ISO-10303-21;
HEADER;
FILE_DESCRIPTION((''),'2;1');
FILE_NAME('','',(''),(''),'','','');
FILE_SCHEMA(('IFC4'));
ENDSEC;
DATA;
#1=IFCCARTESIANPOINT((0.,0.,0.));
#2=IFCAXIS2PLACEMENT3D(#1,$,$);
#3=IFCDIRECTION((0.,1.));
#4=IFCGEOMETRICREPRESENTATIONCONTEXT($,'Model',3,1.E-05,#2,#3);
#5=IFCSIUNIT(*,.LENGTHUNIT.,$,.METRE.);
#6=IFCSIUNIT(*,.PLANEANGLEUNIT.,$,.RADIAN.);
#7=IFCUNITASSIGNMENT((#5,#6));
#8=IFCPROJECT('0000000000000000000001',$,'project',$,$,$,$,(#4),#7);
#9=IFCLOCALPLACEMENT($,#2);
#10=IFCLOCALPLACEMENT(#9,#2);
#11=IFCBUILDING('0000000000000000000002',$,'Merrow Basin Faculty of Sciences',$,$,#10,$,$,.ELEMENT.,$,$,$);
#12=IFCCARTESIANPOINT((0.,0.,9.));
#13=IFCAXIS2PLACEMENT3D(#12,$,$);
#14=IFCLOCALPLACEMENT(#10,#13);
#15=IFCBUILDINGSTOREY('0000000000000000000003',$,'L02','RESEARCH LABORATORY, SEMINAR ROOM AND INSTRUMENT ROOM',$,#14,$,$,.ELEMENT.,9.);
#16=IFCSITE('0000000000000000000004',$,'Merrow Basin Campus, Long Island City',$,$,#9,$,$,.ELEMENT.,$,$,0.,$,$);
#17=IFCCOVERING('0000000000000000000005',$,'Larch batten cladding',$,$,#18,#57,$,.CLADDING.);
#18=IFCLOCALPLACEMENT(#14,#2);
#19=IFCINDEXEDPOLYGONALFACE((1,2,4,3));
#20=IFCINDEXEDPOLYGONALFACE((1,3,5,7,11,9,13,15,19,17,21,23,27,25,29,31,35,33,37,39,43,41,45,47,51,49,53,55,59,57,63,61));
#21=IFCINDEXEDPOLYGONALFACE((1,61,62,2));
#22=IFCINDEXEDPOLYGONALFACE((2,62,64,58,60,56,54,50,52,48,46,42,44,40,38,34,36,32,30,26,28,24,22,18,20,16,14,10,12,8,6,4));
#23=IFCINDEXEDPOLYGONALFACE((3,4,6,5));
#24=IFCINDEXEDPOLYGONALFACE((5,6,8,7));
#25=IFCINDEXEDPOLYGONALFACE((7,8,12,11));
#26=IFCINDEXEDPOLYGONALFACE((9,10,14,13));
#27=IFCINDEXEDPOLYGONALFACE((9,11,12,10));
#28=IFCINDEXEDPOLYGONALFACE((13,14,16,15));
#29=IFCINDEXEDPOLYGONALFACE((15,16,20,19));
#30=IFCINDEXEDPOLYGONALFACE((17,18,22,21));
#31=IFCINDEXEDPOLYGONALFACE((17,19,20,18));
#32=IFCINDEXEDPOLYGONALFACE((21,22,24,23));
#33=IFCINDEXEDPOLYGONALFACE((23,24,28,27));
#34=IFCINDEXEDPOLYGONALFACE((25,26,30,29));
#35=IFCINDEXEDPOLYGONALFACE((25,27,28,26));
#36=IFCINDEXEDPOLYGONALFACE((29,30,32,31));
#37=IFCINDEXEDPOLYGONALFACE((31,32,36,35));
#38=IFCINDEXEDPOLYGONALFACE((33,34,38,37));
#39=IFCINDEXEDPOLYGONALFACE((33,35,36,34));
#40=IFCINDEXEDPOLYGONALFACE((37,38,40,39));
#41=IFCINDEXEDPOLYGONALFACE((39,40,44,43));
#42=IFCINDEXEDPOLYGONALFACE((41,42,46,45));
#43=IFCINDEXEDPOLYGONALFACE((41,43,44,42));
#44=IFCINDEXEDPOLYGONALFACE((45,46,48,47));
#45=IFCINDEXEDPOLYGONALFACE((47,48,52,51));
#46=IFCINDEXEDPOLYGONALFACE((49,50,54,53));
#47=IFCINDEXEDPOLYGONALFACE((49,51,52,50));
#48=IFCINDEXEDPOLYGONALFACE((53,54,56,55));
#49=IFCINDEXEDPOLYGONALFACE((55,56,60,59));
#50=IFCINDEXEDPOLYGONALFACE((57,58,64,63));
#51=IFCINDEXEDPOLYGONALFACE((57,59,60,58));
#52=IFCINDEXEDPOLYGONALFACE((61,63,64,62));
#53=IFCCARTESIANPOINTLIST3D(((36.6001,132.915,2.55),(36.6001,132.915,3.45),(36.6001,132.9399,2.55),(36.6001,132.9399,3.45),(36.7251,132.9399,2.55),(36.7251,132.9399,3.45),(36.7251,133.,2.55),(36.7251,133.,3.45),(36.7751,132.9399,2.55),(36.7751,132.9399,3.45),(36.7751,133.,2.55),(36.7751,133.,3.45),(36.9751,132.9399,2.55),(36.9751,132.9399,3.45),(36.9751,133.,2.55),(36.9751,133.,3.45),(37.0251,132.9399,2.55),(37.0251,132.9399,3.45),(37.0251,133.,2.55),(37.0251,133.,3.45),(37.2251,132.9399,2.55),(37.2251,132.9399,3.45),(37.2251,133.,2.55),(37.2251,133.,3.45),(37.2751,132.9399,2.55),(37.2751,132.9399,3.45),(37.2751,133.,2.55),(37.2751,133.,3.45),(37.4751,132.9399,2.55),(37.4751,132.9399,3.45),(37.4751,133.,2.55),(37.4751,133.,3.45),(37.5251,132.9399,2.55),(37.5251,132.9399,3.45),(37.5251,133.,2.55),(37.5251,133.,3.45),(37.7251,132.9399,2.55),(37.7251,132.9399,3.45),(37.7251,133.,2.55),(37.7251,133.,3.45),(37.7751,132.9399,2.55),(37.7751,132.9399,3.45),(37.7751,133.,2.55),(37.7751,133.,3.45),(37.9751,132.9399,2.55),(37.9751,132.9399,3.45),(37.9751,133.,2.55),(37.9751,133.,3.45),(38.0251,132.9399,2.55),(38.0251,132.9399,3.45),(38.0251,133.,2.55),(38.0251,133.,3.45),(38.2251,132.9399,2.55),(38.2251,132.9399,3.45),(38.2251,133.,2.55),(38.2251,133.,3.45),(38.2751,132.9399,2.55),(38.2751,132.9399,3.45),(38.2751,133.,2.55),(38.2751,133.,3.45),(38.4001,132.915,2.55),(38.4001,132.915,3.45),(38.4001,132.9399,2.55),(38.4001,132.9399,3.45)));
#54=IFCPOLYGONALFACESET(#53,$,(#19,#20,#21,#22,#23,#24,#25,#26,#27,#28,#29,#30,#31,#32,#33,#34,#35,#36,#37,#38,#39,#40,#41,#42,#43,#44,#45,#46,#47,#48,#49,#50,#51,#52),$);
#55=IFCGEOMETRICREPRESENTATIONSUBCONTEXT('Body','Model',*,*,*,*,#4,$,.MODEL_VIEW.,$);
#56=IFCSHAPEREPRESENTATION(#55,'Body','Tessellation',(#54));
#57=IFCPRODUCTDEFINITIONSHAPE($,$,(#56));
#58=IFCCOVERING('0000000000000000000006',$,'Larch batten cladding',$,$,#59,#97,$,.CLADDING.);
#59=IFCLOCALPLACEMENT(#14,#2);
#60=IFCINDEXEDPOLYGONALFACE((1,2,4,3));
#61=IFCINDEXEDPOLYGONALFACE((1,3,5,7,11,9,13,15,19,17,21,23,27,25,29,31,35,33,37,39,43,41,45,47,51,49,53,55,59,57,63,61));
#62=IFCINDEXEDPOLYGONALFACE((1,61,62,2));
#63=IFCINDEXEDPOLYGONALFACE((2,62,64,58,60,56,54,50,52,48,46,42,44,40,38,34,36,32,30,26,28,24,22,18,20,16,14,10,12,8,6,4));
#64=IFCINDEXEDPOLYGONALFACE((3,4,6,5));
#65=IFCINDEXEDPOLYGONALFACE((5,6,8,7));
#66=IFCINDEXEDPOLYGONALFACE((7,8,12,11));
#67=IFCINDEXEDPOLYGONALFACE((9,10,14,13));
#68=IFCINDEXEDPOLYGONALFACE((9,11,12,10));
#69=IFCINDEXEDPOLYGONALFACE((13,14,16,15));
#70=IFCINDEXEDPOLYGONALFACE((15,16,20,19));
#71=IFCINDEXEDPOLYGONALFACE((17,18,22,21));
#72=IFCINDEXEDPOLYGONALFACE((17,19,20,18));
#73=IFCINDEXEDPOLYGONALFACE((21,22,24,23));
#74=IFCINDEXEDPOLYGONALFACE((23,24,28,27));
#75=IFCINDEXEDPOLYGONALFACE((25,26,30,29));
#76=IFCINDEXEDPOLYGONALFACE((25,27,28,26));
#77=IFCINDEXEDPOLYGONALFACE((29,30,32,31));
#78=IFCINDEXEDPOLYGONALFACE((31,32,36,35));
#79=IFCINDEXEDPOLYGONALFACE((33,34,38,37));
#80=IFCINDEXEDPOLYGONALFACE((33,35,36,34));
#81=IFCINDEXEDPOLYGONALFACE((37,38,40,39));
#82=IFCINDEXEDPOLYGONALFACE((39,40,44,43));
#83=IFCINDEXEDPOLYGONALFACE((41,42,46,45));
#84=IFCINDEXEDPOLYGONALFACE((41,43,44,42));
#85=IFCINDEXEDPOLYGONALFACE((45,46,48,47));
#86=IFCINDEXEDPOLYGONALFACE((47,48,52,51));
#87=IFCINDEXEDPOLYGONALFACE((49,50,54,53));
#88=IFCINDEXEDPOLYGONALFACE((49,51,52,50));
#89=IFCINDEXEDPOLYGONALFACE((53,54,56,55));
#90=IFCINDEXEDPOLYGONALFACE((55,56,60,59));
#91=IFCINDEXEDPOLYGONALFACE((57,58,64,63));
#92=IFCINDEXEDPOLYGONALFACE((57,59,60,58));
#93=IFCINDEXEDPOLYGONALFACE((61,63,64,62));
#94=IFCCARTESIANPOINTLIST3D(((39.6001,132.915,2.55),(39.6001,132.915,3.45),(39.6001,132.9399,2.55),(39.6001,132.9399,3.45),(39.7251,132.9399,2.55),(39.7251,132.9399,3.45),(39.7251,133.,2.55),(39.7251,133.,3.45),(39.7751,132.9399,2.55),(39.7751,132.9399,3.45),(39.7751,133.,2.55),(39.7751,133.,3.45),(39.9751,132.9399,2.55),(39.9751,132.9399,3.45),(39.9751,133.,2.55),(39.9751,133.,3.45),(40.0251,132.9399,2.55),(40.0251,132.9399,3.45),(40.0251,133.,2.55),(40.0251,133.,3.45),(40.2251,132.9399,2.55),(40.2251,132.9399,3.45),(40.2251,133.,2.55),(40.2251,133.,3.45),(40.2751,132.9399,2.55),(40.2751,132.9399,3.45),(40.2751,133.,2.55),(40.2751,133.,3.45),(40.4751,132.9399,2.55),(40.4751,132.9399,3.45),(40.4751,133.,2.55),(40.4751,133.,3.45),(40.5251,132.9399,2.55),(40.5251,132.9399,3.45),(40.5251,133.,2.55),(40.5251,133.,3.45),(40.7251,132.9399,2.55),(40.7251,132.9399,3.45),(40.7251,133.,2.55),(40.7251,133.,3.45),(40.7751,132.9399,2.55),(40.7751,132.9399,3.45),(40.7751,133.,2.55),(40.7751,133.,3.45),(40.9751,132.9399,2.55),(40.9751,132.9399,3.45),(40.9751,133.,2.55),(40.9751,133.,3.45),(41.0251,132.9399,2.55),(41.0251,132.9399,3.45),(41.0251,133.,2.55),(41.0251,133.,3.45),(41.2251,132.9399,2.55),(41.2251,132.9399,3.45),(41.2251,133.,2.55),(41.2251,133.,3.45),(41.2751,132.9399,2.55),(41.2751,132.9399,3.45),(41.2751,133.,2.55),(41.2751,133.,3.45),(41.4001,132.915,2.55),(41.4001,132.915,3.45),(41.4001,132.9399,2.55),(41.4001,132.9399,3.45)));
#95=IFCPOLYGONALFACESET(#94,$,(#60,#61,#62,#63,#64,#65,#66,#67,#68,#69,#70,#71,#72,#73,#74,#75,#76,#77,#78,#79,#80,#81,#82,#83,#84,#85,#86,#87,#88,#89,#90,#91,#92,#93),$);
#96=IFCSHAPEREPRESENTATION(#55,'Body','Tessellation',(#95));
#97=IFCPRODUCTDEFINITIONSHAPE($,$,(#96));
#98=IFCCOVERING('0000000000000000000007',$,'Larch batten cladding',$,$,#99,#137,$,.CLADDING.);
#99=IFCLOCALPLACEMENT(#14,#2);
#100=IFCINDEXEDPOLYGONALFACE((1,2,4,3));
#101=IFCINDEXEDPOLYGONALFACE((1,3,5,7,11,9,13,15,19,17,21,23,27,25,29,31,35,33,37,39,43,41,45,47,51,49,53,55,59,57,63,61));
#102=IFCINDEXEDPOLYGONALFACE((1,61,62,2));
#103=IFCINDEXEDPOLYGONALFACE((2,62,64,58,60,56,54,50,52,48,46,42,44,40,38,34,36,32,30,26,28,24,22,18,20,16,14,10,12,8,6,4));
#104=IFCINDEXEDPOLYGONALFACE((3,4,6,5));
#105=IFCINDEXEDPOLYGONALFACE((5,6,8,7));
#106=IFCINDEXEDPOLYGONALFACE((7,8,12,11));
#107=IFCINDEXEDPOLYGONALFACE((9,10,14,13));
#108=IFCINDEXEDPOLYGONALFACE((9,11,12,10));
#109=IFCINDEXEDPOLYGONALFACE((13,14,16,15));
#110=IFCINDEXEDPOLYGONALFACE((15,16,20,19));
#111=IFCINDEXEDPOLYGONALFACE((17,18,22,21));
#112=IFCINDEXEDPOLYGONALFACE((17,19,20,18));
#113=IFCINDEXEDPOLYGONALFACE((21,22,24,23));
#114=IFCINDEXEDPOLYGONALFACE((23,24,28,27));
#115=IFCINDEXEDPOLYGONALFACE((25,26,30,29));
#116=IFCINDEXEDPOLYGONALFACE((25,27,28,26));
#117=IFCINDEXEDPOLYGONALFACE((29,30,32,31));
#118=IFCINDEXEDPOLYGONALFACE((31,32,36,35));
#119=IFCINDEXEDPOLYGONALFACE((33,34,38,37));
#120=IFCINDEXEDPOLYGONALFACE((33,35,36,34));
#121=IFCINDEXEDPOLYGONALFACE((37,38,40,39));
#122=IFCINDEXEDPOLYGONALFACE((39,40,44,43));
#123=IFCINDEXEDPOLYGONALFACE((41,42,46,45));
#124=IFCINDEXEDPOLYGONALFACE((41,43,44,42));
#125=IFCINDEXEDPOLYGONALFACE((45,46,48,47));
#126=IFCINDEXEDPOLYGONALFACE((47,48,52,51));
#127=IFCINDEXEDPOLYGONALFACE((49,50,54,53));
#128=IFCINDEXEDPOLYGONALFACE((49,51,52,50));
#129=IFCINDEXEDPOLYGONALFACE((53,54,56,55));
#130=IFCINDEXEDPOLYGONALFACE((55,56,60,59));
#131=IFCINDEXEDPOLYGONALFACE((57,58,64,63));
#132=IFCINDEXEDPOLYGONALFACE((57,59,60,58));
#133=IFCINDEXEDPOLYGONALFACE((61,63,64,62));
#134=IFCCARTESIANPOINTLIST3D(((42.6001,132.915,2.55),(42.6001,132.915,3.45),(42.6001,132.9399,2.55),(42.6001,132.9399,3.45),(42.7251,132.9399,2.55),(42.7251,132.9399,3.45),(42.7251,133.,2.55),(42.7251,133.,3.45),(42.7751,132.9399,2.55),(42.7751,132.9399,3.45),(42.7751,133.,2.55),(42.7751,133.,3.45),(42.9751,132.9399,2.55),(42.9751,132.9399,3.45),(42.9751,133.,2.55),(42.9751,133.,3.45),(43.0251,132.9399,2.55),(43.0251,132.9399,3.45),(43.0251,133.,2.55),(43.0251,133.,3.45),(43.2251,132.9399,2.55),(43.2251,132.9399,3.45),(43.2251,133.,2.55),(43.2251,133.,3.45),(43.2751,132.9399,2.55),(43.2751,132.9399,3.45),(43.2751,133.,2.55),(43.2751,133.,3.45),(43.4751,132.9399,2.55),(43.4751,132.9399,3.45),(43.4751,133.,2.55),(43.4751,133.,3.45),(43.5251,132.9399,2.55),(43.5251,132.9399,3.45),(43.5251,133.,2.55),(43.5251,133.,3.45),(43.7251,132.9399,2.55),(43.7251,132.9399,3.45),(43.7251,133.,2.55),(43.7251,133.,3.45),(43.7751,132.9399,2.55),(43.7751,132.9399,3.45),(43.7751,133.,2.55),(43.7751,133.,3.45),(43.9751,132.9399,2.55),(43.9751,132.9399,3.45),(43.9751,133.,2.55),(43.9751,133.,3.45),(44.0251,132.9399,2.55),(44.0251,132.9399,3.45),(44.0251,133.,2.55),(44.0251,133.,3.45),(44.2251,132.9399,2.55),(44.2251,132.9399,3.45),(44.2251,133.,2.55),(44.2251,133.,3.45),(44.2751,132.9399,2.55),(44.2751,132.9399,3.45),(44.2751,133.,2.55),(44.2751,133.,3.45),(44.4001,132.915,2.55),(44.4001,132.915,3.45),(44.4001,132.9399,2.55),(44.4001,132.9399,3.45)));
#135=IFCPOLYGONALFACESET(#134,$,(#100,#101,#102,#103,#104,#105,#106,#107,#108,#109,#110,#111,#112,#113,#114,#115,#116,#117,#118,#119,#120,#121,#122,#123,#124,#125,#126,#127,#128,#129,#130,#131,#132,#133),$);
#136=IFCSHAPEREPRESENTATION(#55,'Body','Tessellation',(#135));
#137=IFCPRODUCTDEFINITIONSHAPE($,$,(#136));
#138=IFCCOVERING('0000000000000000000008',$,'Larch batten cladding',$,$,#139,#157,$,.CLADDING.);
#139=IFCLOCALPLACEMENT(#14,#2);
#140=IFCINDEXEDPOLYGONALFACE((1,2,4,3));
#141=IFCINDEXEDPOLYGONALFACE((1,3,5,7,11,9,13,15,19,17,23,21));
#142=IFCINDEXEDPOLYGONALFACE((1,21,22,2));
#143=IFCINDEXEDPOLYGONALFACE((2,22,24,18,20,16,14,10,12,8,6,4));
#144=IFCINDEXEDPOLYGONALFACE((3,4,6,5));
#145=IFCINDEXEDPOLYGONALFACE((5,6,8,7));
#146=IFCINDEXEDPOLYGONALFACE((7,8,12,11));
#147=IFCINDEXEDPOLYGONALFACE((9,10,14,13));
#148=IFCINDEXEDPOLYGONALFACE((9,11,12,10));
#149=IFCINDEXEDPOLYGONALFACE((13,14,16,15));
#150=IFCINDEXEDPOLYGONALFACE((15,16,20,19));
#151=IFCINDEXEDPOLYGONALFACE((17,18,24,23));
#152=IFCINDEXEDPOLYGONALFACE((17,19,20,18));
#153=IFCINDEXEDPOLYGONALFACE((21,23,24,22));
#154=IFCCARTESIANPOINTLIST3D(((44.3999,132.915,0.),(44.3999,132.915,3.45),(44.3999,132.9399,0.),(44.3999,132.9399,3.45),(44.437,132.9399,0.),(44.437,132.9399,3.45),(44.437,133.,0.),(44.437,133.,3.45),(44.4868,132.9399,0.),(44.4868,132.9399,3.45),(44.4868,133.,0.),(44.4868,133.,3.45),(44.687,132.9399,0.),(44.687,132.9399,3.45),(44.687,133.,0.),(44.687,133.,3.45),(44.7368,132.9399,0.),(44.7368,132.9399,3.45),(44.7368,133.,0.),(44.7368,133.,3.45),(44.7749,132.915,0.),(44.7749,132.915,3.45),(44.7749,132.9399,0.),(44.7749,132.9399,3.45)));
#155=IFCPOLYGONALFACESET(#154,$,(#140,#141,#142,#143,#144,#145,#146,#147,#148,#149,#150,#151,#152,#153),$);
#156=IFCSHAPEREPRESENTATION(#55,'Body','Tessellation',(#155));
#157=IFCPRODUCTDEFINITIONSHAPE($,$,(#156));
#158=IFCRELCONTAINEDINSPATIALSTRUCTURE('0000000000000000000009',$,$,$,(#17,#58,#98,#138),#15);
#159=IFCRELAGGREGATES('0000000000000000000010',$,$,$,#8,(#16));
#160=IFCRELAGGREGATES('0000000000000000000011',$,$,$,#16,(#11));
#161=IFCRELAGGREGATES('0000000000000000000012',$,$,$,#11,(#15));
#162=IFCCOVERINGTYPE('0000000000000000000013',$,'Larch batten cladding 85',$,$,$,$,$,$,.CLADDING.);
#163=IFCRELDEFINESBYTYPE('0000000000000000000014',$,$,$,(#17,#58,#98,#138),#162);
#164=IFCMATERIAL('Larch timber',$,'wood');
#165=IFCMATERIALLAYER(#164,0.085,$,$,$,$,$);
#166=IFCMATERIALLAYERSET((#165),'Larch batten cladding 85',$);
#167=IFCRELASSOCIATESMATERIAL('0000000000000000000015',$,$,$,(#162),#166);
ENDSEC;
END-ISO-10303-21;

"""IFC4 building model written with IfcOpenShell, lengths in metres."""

from ifc_helpers import new_model, si_unit, direction, frame, origin, place, context, subcontext, project, spatial, polyline, outline, extrude, source, transform, mapped, material, layer, layer_set, type_object, element, save


model = new_model("IFC4")

# Units and contexts
model_context = context("Model", 3, precision=1e-05, world=origin(), true_north=direction((0.0, 1.0)))
body_context = subcontext(model_context, "Body", "Model", "MODEL_VIEW")
ifc_project = project(units=[si_unit("LENGTHUNIT", "METRE"), si_unit("PLANEANGLEUNIT", "RADIAN")], contexts=[model_context])

# Site, building, storey
site_placement = place(None, origin())
site = spatial("IfcSite", under=ifc_project, at=site_placement, Name="Merrow Basin Campus, Long Island City", CompositionType="ELEMENT", RefElevation=0.0)
building_placement = place(site_placement, origin())
building = spatial("IfcBuilding", under=site, at=building_placement, Name="Merrow Basin Faculty of Sciences", CompositionType="ELEMENT")
storey_placement = place(building_placement, frame((0.0, 0.0, 9.0)))
storey = spatial("IfcBuildingStorey", under=building, at=storey_placement, Name="L02", Description="RESEARCH LABORATORY, SEMINAR ROOM AND INSTRUMENT ROOM", CompositionType="ELEMENT", Elevation=9.0)

# Coverings
ifc_material_1 = material(Name="Larch timber", Category="wood")
ifc_layer_1 = layer(ifc_material_1, 0.085)
ifc_layer_set_1 = layer_set([ifc_layer_1], Name="Larch batten cladding 85")
covering_type = type_object("IfcCoveringType", Name="Larch batten cladding 85", PredefinedType="CLADDING", material=ifc_layer_set_1)
shared_shape_1 = source(origin(), body_context, "Body", "SweptSolid", [
    extrude(outline(polyline([(0.0, 0.0), (1.8, 0.0), (1.8, 0.0249), (1.675, 0.0249), (1.675, 0.085), (1.625, 0.085), (1.625, 0.0249), (1.425, 0.0249), (1.425, 0.085), (1.375, 0.085), (1.375, 0.0249), (1.175, 0.0249), (1.175, 0.085), (1.125, 0.085), (1.125, 0.0249), (0.925, 0.0249), (0.925, 0.085), (0.875, 0.085), (0.875, 0.0249), (0.675, 0.0249), (0.675, 0.085), (0.625, 0.085), (0.625, 0.0249), (0.425, 0.0249), (0.425, 0.085), (0.375, 0.085), (0.375, 0.0249), (0.175, 0.0249), (0.175, 0.085), (0.125, 0.085), (0.125, 0.0249), (0.0, 0.0249), (0.0, 0.0)])), origin(), (0.0, 0.0, 1.0), 0.8999),
])
for number, where, z_axis, x_axis, name in (
    (1, (36.6001, 132.915, 2.55), (0.0, 0.0, 1.0), (1.0, 0.0, 0.0), "Larch batten cladding"),
    (2, (39.6001, 132.915, 2.55), (0.0, 0.0, 1.0), (1.0, 0.0, 0.0), "Larch batten cladding"),
    (3, (42.6001, 132.915, 2.55), (0.0, 0.0, 1.0), (1.0, 0.0, 0.0), "Larch batten cladding"),
):
    element("IfcCovering", number, at=place(storey_placement, frame(where, z_axis=z_axis, x_axis=x_axis)), inside=storey, type_object=covering_type, Name=name, PredefinedType="CLADDING", context=body_context, shape_type="MappedRepresentation", body=[
        mapped(shared_shape_1, transform((0.0, 0.0, 0.0), scale=1.0)),
    ])
shared_shape_2 = source(origin(), body_context, "Body", "SweptSolid", [
    extrude(outline(polyline([(0.0, 0.0), (0.375, 0.0), (0.375, 0.0249), (0.3369, 0.0249), (0.3369, 0.085), (0.2871, 0.085), (0.2871, 0.0249), (0.0869, 0.0249), (0.0869, 0.085), (0.0371, 0.085), (0.0371, 0.0249), (0.0, 0.0249), (0.0, 0.0)])), origin(), (0.0, 0.0, 1.0), 3.45),
])
covering_placement = place(storey_placement, frame((44.3999, 132.915, 0.0), z_axis=(0.0, 0.0, 1.0), x_axis=(1.0, 0.0, 0.0)))
element("IfcCovering", 4, at=covering_placement, inside=storey, type_object=covering_type, Name="Larch batten cladding", PredefinedType="CLADDING", context=body_context, shape_type="MappedRepresentation", body=[
    mapped(shared_shape_2, transform((0.0, 0.0, 0.0), scale=1.0)),
])

save(model, "model.ifc")
